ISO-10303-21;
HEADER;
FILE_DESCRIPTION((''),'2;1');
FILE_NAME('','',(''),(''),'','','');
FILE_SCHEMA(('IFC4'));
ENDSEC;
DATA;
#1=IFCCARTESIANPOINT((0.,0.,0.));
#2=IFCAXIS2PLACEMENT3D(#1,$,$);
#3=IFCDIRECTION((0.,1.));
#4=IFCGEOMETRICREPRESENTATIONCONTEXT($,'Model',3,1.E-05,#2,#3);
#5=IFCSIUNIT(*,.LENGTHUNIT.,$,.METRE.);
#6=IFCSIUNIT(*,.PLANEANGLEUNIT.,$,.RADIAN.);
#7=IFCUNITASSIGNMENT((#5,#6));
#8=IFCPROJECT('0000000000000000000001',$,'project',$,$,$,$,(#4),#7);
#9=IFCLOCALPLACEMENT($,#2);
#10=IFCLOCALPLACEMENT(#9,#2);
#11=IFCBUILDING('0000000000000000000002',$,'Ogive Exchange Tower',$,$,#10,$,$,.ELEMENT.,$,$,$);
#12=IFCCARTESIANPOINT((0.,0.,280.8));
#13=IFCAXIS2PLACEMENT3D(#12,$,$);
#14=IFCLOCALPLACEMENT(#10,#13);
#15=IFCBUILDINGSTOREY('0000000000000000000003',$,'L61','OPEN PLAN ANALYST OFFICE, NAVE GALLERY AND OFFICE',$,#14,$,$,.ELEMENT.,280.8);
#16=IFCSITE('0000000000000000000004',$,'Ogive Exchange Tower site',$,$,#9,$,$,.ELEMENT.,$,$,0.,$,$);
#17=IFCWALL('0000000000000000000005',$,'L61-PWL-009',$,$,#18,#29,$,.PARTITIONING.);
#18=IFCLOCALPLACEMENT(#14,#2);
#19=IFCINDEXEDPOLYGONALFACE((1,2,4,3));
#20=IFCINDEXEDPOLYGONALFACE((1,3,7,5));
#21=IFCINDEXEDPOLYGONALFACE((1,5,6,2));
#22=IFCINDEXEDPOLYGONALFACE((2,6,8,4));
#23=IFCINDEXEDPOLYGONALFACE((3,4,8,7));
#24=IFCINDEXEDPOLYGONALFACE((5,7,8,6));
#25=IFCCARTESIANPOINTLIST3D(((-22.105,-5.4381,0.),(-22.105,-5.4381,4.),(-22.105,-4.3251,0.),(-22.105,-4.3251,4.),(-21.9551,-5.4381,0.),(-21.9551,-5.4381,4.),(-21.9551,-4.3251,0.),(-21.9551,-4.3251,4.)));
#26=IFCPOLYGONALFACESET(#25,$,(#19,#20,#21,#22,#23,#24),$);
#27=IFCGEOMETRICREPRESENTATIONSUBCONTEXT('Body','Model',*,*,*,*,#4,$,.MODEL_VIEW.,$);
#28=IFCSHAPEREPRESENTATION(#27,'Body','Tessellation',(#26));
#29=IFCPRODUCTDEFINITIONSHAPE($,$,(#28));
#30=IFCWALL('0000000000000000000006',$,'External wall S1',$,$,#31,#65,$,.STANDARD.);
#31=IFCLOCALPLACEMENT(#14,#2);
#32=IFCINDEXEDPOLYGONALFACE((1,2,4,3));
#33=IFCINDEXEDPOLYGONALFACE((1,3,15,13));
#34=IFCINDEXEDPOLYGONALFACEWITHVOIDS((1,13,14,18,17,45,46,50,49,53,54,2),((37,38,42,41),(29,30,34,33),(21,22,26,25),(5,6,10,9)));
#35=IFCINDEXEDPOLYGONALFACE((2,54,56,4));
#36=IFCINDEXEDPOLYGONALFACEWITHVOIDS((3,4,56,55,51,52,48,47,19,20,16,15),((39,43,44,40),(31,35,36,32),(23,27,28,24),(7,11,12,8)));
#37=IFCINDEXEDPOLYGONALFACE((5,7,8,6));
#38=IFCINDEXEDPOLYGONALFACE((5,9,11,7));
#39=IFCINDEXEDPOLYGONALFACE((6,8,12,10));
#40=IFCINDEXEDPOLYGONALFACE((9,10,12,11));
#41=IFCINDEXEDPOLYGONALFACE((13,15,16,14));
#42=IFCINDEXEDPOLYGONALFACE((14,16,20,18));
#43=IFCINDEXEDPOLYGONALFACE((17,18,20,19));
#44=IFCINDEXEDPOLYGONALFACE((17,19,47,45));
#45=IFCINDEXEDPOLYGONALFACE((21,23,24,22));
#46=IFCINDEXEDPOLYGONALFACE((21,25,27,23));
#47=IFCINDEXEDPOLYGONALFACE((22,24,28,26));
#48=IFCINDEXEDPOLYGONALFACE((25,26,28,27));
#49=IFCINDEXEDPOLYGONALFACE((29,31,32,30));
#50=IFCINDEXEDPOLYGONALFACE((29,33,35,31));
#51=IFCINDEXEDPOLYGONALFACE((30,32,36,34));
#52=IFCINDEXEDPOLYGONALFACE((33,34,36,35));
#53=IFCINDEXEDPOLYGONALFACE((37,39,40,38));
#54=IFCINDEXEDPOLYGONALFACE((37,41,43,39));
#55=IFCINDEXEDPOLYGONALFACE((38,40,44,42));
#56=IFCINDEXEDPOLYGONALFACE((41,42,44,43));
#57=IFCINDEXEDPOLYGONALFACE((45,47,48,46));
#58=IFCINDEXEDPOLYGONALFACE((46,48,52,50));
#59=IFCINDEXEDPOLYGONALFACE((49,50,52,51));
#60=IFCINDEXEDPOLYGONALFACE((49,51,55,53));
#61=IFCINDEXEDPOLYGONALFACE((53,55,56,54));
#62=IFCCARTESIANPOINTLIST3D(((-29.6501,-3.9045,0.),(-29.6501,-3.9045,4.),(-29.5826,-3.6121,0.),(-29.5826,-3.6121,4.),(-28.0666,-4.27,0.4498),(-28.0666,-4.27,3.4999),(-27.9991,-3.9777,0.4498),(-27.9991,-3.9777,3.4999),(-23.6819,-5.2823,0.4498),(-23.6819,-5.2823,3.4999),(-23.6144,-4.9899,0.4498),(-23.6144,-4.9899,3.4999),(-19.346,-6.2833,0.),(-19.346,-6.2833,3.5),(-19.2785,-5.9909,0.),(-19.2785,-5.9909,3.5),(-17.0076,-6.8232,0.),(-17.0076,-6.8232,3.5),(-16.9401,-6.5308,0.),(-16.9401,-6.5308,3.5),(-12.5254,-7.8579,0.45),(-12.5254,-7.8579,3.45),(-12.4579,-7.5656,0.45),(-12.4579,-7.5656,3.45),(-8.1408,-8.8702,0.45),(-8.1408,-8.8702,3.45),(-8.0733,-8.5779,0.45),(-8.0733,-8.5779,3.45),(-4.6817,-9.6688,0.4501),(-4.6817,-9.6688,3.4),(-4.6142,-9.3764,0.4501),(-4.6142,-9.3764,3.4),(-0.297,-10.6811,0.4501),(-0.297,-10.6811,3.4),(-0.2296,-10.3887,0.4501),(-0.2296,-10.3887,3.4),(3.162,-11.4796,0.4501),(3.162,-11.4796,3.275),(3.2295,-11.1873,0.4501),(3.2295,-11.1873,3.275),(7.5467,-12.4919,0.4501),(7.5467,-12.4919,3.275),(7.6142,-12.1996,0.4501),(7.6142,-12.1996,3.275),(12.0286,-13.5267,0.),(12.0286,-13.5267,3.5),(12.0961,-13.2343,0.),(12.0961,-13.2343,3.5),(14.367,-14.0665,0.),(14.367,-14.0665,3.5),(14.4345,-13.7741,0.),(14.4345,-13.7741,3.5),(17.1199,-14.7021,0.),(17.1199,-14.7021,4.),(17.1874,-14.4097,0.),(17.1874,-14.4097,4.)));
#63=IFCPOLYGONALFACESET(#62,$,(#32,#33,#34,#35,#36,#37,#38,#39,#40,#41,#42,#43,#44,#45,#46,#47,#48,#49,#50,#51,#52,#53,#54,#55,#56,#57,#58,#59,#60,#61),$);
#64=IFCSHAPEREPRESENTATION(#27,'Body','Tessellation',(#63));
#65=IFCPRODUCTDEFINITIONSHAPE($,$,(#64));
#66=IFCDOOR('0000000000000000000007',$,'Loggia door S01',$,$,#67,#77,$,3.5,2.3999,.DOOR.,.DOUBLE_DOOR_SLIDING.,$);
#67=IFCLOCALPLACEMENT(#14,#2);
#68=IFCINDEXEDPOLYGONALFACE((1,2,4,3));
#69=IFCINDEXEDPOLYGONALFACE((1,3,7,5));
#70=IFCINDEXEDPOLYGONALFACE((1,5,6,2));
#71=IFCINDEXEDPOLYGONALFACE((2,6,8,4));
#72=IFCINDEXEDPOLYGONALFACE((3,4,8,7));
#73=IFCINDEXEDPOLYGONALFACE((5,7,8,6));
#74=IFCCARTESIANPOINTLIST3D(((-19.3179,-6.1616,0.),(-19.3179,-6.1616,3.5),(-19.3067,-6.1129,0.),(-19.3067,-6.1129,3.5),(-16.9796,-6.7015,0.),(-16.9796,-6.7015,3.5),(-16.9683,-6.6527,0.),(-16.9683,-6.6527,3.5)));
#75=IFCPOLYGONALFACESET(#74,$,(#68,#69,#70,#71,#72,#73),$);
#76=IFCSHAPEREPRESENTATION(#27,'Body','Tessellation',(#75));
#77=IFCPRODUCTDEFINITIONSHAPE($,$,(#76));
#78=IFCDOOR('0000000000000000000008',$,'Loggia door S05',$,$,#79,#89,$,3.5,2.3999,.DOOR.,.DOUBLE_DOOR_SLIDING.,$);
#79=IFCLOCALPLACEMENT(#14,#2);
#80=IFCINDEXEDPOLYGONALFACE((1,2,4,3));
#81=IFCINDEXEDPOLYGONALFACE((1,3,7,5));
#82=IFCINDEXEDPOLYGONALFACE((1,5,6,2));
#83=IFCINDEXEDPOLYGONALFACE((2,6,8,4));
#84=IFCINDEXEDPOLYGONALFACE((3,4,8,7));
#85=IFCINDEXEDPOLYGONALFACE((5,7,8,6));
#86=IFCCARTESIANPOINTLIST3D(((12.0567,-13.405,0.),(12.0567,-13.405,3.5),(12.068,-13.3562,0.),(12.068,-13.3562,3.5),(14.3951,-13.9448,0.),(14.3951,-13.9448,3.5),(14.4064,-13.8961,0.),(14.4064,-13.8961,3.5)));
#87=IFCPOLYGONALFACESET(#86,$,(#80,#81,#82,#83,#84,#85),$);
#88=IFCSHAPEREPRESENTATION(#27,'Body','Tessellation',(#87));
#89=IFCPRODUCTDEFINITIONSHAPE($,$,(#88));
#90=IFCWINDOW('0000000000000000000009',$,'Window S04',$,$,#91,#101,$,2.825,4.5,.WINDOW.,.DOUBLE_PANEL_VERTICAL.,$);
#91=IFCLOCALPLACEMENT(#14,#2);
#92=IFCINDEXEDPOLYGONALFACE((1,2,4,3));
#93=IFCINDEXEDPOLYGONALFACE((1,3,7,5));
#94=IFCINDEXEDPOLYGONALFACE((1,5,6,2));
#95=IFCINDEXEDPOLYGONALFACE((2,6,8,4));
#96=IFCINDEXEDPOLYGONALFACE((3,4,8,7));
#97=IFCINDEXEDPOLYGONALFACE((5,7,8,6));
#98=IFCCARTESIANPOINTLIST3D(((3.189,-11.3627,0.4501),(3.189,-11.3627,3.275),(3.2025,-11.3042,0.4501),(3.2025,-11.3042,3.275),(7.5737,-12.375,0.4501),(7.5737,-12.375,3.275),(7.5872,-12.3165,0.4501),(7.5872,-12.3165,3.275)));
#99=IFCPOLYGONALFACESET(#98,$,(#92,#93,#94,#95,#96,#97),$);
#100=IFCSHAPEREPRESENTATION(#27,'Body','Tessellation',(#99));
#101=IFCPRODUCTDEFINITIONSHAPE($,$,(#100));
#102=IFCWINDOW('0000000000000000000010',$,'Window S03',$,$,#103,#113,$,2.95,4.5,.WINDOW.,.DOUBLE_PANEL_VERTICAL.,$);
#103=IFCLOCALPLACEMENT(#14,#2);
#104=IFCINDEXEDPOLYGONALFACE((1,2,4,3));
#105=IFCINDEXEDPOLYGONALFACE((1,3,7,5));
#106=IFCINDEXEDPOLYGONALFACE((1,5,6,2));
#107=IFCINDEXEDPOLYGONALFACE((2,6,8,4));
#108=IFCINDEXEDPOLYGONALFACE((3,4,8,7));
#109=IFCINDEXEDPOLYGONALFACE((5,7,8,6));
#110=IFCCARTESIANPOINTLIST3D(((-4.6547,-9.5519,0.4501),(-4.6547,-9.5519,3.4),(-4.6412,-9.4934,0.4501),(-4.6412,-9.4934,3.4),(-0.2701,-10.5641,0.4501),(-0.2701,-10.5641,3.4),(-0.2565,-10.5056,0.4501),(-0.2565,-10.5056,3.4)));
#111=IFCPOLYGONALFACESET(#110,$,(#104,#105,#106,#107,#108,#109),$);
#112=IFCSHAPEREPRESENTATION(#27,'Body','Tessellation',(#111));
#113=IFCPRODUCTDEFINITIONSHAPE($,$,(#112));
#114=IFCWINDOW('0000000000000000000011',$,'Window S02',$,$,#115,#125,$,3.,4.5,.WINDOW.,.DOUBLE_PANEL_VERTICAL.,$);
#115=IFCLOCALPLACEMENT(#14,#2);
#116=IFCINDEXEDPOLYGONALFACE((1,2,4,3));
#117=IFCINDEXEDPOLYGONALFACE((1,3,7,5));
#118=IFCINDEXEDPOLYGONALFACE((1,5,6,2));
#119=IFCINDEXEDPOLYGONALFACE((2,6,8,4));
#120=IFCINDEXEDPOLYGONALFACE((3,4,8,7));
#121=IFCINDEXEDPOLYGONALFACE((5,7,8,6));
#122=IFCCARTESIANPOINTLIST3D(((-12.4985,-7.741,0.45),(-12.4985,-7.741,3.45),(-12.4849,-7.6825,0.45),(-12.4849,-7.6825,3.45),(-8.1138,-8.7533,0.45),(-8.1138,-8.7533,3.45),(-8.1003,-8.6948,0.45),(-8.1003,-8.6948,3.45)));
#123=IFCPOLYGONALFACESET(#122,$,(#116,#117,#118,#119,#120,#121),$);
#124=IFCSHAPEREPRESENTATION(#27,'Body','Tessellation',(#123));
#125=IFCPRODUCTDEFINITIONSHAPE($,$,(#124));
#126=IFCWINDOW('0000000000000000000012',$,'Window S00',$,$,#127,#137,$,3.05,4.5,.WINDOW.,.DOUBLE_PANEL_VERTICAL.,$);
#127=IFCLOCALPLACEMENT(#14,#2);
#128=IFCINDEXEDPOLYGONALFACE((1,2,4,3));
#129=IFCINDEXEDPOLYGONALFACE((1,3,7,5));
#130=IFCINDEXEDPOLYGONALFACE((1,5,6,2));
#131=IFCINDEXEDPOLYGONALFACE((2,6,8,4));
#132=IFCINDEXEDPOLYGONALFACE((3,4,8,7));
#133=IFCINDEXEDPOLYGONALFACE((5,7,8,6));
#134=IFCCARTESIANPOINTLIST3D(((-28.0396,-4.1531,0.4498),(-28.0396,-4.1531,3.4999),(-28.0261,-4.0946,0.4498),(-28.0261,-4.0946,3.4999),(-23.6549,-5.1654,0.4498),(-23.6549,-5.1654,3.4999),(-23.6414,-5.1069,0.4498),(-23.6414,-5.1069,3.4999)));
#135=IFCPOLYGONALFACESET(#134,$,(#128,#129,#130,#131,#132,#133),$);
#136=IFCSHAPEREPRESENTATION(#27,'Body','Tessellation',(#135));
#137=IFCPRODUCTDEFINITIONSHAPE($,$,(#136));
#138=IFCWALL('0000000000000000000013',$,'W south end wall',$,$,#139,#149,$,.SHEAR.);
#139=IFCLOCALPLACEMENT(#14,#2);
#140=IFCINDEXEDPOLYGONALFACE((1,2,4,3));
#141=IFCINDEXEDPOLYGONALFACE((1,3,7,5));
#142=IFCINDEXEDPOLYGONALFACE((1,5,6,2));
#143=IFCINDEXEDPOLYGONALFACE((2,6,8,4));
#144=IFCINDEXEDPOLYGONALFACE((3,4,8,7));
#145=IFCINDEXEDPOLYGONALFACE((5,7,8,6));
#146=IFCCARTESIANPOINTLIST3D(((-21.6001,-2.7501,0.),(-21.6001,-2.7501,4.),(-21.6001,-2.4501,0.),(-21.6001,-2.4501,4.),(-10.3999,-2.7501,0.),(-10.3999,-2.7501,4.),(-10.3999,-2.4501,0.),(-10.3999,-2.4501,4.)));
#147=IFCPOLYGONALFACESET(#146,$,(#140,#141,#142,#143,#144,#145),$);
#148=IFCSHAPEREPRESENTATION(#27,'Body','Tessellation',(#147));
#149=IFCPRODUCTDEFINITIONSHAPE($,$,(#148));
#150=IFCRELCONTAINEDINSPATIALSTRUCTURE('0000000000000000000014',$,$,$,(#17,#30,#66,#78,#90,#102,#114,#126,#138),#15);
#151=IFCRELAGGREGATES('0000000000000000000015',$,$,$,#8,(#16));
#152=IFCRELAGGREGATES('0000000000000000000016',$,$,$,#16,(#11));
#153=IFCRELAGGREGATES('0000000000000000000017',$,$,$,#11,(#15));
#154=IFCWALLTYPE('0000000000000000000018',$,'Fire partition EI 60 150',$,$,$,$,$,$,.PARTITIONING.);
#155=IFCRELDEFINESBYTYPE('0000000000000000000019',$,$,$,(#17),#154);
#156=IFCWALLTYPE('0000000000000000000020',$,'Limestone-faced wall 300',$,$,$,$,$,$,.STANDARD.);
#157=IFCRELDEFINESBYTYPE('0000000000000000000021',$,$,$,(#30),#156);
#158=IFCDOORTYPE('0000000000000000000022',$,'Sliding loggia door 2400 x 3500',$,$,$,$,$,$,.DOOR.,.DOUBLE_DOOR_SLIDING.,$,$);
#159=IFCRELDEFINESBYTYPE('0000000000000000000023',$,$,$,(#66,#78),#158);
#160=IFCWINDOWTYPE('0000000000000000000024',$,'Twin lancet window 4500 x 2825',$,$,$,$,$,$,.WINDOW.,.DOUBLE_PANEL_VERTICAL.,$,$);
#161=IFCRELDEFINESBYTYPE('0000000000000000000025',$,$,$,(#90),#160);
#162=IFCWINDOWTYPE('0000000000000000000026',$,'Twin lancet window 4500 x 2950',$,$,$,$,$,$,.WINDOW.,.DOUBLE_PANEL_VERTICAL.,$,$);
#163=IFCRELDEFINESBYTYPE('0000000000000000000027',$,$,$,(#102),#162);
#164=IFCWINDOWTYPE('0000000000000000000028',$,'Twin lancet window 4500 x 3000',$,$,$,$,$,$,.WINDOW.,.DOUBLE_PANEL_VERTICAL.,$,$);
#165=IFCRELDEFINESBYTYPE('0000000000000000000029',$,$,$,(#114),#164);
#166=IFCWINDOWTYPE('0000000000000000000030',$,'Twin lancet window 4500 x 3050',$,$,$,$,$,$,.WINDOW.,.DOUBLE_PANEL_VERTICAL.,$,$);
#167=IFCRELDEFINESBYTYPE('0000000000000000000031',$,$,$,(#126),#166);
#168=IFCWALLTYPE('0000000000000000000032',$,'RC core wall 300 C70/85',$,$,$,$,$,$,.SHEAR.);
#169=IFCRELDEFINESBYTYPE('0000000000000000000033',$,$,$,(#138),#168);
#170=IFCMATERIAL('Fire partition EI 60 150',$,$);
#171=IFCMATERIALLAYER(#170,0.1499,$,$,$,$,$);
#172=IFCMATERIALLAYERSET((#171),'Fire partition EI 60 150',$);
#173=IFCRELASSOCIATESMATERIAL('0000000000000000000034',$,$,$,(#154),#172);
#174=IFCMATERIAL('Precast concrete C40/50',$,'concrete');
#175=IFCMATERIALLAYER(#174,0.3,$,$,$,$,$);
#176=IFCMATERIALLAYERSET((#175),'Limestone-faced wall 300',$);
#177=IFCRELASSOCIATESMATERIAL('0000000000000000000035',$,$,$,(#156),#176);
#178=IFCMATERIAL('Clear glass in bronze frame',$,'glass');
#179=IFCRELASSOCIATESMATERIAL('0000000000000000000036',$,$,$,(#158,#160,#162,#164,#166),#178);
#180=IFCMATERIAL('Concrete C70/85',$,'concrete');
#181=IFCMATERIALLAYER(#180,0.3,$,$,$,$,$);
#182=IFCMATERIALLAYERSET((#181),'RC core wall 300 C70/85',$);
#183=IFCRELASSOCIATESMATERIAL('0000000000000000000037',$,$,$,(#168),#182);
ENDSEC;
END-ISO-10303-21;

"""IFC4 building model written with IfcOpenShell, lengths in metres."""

from ifc_helpers import new_model, si_unit, direction, frame, frame_2d, origin, place, context, subcontext, project, spatial, rectangle, extrude, material, layer, layer_set, type_object, element, fill, save


model = new_model("IFC4")

# Units and contexts
model_context = context("Model", 3, precision=1e-05, world=origin(), true_north=direction((0.0, 1.0)))
body_context = subcontext(model_context, "Body", "Model", "MODEL_VIEW")
ifc_project = project(units=[si_unit("LENGTHUNIT", "METRE"), si_unit("PLANEANGLEUNIT", "RADIAN")], contexts=[model_context])

# Site, building, storey
site_placement = place(None, origin())
site = spatial("IfcSite", under=ifc_project, at=site_placement, Name="Ogive Exchange Tower site", CompositionType="ELEMENT", RefElevation=0.0)
building_placement = place(site_placement, origin())
building = spatial("IfcBuilding", under=site, at=building_placement, Name="Ogive Exchange Tower", CompositionType="ELEMENT")
storey_placement = place(building_placement, frame((0.0, 0.0, 280.8)))
storey = spatial("IfcBuildingStorey", under=building, at=storey_placement, Name="L61", Description="OPEN PLAN ANALYST OFFICE, NAVE GALLERY AND OFFICE", CompositionType="ELEMENT", Elevation=280.8)

# Shared definitions
ifc_material_1 = material(Name="Fire partition EI 60 150")
ifc_layer_1 = layer(ifc_material_1, 0.1499)
ifc_layer_set_1 = layer_set([ifc_layer_1], Name="Fire partition EI 60 150")
wall_type_1 = type_object("IfcWallType", Name="Fire partition EI 60 150", PredefinedType="PARTITIONING", material=ifc_layer_set_1)

# Wall
wall_1_placement = place(storey_placement, frame((-22.03, -4.325, 0.0), z_axis=(0.0, 0.0, 1.0), x_axis=(0.0, -1.0, 0.0)))
element("IfcWall", 1, at=wall_1_placement, inside=storey, type_object=wall_type_1, Name="L61-PWL-009", PredefinedType="PARTITIONING", context=body_context, shape_type="SweptSolid", body=[
    extrude(rectangle(XDim=1.113, YDim=0.1499, at=frame_2d((0.5566, 0.0))), origin(), (0.0, 0.0, 1.0), 4.0),
])

# Wall, openings, doors, windows
ifc_material_2 = material(Name="Precast concrete C40/50", Category="concrete")
ifc_layer_2 = layer(ifc_material_2, 0.3)
ifc_layer_set_2 = layer_set([ifc_layer_2], Name="Limestone-faced wall 300")
wall_type_2 = type_object("IfcWallType", Name="Limestone-faced wall 300", PredefinedType="STANDARD", material=ifc_layer_set_2)
wall_2_placement = place(storey_placement, frame((-29.6162, -3.7583, 0.0), z_axis=(0.0, 0.0, 1.0), x_axis=(0.974371, -0.224949, 0.0)))
wall_2 = element("IfcWall", 2, at=wall_2_placement, inside=storey, type_object=wall_type_2, Name="External wall S1", PredefinedType="STANDARD", context=body_context, shape_type="SweptSolid", body=[
    extrude(rectangle(XDim=48.0002, YDim=0.3, at=frame_2d((24.0, 0.0))), origin(), (0.0, 0.0, 1.0), 4.0),
])
opening_1_placement = place(wall_2_placement, frame((1.625, 0.0, 0.45)))
opening_1 = element("IfcOpeningElement", 3, at=opening_1_placement, cuts=wall_2, PredefinedType="OPENING", context=body_context, shape_type="SweptSolid", body=[
    extrude(rectangle(XDim=4.5, YDim=3.05, at=frame_2d((2.25, 1.5249))), frame((0.0, 0.1599, 0.0), z_axis=(0.0, -1.0, 0.0), x_axis=(1.0, 0.0, 0.0)), (0.0, 0.0, 1.0), 0.3201),
])
opening_2_placement = place(wall_2_placement, frame((10.575, 0.0, 0.0)))
opening_2 = element("IfcOpeningElement", 4, at=opening_2_placement, cuts=wall_2, PredefinedType="OPENING", context=body_context, shape_type="SweptSolid", body=[
    extrude(rectangle(XDim=2.3999, YDim=3.5, at=frame_2d((1.2, 1.75))), frame((0.0, 0.1599, 0.0), z_axis=(0.0, -1.0, 0.0), x_axis=(1.0, 0.0, 0.0)), (0.0, 0.0, 1.0), 0.3201),
])
opening_3_placement = place(wall_2_placement, frame((17.575, 0.0, 0.45)))
opening_3 = element("IfcOpeningElement", 5, at=opening_3_placement, cuts=wall_2, PredefinedType="OPENING", context=body_context, shape_type="SweptSolid", body=[
    extrude(rectangle(XDim=4.5, YDim=3.0, at=frame_2d((2.25, 1.5))), frame((0.0, 0.1599, 0.0), z_axis=(0.0, -1.0, 0.0), x_axis=(1.0, 0.0, 0.0)), (0.0, 0.0, 1.0), 0.3201),
])
opening_4_placement = place(wall_2_placement, frame((25.625, 0.0, 0.45)))
opening_4 = element("IfcOpeningElement", 6, at=opening_4_placement, cuts=wall_2, PredefinedType="OPENING", context=body_context, shape_type="SweptSolid", body=[
    extrude(rectangle(XDim=4.5, YDim=2.95, at=frame_2d((2.25, 1.4751))), frame((0.0, 0.1599, 0.0), z_axis=(0.0, -1.0, 0.0), x_axis=(1.0, 0.0, 0.0)), (0.0, 0.0, 1.0), 0.3201),
])
opening_5_placement = place(wall_2_placement, frame((33.675, 0.0, 0.45)))
opening_5 = element("IfcOpeningElement", 7, at=opening_5_placement, cuts=wall_2, PredefinedType="OPENING", context=body_context, shape_type="SweptSolid", body=[
    extrude(rectangle(XDim=4.5, YDim=2.825, at=frame_2d((2.25, 1.4126))), frame((0.0, 0.1599, 0.0), z_axis=(0.0, -1.0, 0.0), x_axis=(1.0, 0.0, 0.0)), (0.0, 0.0, 1.0), 0.3201),
])
opening_6_placement = place(wall_2_placement, frame((42.7749, 0.0, 0.0)))
opening_6 = element("IfcOpeningElement", 8, at=opening_6_placement, cuts=wall_2, PredefinedType="OPENING", context=body_context, shape_type="SweptSolid", body=[
    extrude(rectangle(XDim=2.3999, YDim=3.5, at=frame_2d((1.2, 1.75))), frame((0.0, 0.1599, 0.0), z_axis=(0.0, -1.0, 0.0), x_axis=(1.0, 0.0, 0.0)), (0.0, 0.0, 1.0), 0.3201),
])
ifc_material_3 = material(Name="Clear glass in bronze frame", Category="glass")
door_type_1 = type_object("IfcDoorType", Name="Sliding loggia door 2400 x 3500", OperationType="DOUBLE_DOOR_SLIDING", PredefinedType="DOOR", material=ifc_material_3)
door_1_placement = place(opening_2_placement, origin())
door_1 = element("IfcDoor", 9, at=door_1_placement, inside=storey, type_object=door_type_1, Name="Loggia door S01", OperationType="DOUBLE_DOOR_SLIDING", OverallHeight=3.5, OverallWidth=2.3999, PredefinedType="DOOR", context=body_context, shape_type="SweptSolid", body=[
    extrude(rectangle(XDim=2.3999, YDim=3.5, at=frame_2d((1.2, 1.75))), frame((0.0, 0.0249, 0.0), z_axis=(0.0, -1.0, 0.0), x_axis=(1.0, 0.0, 0.0)), (0.0, 0.0, 1.0), 0.05),
])
fill(opening_2, door_1)
door_2_placement = place(opening_6_placement, origin())
door_2 = element("IfcDoor", 10, at=door_2_placement, inside=storey, type_object=door_type_1, Name="Loggia door S05", OperationType="DOUBLE_DOOR_SLIDING", OverallHeight=3.5, OverallWidth=2.3999, PredefinedType="DOOR", context=body_context, shape_type="SweptSolid", body=[
    extrude(rectangle(XDim=2.3999, YDim=3.5, at=frame_2d((1.2, 1.75))), frame((0.0, 0.0249, 0.0), z_axis=(0.0, -1.0, 0.0), x_axis=(1.0, 0.0, 0.0)), (0.0, 0.0, 1.0), 0.05),
])
fill(opening_6, door_2)
window_type_1 = type_object("IfcWindowType", Name="Twin lancet window 4500 x 2825", PartitioningType="DOUBLE_PANEL_VERTICAL", PredefinedType="WINDOW", material=ifc_material_3)
window_1_placement = place(opening_5_placement, origin())
window_1 = element("IfcWindow", 11, at=window_1_placement, inside=storey, type_object=window_type_1, Name="Window S04", OverallHeight=2.825, OverallWidth=4.5, PartitioningType="DOUBLE_PANEL_VERTICAL", PredefinedType="WINDOW", context=body_context, shape_type="SweptSolid", body=[
    extrude(rectangle(XDim=4.5, YDim=2.825, at=frame_2d((2.25, 1.4126))), frame((0.0, 0.03, 0.0), z_axis=(0.0, -1.0, 0.0), x_axis=(1.0, 0.0, 0.0)), (0.0, 0.0, 1.0), 0.0601),
])
fill(opening_5, window_1)
window_type_2 = type_object("IfcWindowType", Name="Twin lancet window 4500 x 2950", PartitioningType="DOUBLE_PANEL_VERTICAL", PredefinedType="WINDOW", material=ifc_material_3)
window_2_placement = place(opening_4_placement, origin())
window_2 = element("IfcWindow", 12, at=window_2_placement, inside=storey, type_object=window_type_2, Name="Window S03", OverallHeight=2.95, OverallWidth=4.5, PartitioningType="DOUBLE_PANEL_VERTICAL", PredefinedType="WINDOW", context=body_context, shape_type="SweptSolid", body=[
    extrude(rectangle(XDim=4.5, YDim=2.95, at=frame_2d((2.25, 1.4751))), frame((0.0, 0.03, 0.0), z_axis=(0.0, -1.0, 0.0), x_axis=(1.0, 0.0, 0.0)), (0.0, 0.0, 1.0), 0.0601),
])
fill(opening_4, window_2)
window_type_3 = type_object("IfcWindowType", Name="Twin lancet window 4500 x 3000", PartitioningType="DOUBLE_PANEL_VERTICAL", PredefinedType="WINDOW", material=ifc_material_3)
window_3_placement = place(opening_3_placement, origin())
window_3 = element("IfcWindow", 13, at=window_3_placement, inside=storey, type_object=window_type_3, Name="Window S02", OverallHeight=3.0, OverallWidth=4.5, PartitioningType="DOUBLE_PANEL_VERTICAL", PredefinedType="WINDOW", context=body_context, shape_type="SweptSolid", body=[
    extrude(rectangle(XDim=4.5, YDim=3.0, at=frame_2d((2.25, 1.5))), frame((0.0, 0.03, 0.0), z_axis=(0.0, -1.0, 0.0), x_axis=(1.0, 0.0, 0.0)), (0.0, 0.0, 1.0), 0.0601),
])
fill(opening_3, window_3)
window_type_4 = type_object("IfcWindowType", Name="Twin lancet window 4500 x 3050", PartitioningType="DOUBLE_PANEL_VERTICAL", PredefinedType="WINDOW", material=ifc_material_3)
window_4_placement = place(opening_1_placement, origin())
window_4 = element("IfcWindow", 14, at=window_4_placement, inside=storey, type_object=window_type_4, Name="Window S00", OverallHeight=3.05, OverallWidth=4.5, PartitioningType="DOUBLE_PANEL_VERTICAL", PredefinedType="WINDOW", context=body_context, shape_type="SweptSolid", body=[
    extrude(rectangle(XDim=4.5, YDim=3.05, at=frame_2d((2.25, 1.5249))), frame((0.0, 0.03, 0.0), z_axis=(0.0, -1.0, 0.0), x_axis=(1.0, 0.0, 0.0)), (0.0, 0.0, 1.0), 0.0601),
])
fill(opening_1, window_4)

# Wall
ifc_material_4 = material(Name="Concrete C70/85", Category="concrete")
ifc_layer_3 = layer(ifc_material_4, 0.3)
ifc_layer_set_3 = layer_set([ifc_layer_3], Name="RC core wall 300 C70/85")
wall_type_3 = type_object("IfcWallType", Name="RC core wall 300 C70/85", PredefinedType="SHEAR", material=ifc_layer_set_3)
wall_3_placement = place(storey_placement, frame((-21.6001, -2.6001, 0.0), z_axis=(0.0, 0.0, 1.0), x_axis=(1.0, 0.0, 0.0)))
element("IfcWall", 15, at=wall_3_placement, inside=storey, type_object=wall_type_3, Name="W south end wall", PredefinedType="SHEAR", context=body_context, shape_type="SweptSolid", body=[
    extrude(rectangle(XDim=11.2002, YDim=0.3, at=frame_2d((5.6001, 0.0))), origin(), (0.0, 0.0, 1.0), 4.0),
])

save(model, "model.ifc")
